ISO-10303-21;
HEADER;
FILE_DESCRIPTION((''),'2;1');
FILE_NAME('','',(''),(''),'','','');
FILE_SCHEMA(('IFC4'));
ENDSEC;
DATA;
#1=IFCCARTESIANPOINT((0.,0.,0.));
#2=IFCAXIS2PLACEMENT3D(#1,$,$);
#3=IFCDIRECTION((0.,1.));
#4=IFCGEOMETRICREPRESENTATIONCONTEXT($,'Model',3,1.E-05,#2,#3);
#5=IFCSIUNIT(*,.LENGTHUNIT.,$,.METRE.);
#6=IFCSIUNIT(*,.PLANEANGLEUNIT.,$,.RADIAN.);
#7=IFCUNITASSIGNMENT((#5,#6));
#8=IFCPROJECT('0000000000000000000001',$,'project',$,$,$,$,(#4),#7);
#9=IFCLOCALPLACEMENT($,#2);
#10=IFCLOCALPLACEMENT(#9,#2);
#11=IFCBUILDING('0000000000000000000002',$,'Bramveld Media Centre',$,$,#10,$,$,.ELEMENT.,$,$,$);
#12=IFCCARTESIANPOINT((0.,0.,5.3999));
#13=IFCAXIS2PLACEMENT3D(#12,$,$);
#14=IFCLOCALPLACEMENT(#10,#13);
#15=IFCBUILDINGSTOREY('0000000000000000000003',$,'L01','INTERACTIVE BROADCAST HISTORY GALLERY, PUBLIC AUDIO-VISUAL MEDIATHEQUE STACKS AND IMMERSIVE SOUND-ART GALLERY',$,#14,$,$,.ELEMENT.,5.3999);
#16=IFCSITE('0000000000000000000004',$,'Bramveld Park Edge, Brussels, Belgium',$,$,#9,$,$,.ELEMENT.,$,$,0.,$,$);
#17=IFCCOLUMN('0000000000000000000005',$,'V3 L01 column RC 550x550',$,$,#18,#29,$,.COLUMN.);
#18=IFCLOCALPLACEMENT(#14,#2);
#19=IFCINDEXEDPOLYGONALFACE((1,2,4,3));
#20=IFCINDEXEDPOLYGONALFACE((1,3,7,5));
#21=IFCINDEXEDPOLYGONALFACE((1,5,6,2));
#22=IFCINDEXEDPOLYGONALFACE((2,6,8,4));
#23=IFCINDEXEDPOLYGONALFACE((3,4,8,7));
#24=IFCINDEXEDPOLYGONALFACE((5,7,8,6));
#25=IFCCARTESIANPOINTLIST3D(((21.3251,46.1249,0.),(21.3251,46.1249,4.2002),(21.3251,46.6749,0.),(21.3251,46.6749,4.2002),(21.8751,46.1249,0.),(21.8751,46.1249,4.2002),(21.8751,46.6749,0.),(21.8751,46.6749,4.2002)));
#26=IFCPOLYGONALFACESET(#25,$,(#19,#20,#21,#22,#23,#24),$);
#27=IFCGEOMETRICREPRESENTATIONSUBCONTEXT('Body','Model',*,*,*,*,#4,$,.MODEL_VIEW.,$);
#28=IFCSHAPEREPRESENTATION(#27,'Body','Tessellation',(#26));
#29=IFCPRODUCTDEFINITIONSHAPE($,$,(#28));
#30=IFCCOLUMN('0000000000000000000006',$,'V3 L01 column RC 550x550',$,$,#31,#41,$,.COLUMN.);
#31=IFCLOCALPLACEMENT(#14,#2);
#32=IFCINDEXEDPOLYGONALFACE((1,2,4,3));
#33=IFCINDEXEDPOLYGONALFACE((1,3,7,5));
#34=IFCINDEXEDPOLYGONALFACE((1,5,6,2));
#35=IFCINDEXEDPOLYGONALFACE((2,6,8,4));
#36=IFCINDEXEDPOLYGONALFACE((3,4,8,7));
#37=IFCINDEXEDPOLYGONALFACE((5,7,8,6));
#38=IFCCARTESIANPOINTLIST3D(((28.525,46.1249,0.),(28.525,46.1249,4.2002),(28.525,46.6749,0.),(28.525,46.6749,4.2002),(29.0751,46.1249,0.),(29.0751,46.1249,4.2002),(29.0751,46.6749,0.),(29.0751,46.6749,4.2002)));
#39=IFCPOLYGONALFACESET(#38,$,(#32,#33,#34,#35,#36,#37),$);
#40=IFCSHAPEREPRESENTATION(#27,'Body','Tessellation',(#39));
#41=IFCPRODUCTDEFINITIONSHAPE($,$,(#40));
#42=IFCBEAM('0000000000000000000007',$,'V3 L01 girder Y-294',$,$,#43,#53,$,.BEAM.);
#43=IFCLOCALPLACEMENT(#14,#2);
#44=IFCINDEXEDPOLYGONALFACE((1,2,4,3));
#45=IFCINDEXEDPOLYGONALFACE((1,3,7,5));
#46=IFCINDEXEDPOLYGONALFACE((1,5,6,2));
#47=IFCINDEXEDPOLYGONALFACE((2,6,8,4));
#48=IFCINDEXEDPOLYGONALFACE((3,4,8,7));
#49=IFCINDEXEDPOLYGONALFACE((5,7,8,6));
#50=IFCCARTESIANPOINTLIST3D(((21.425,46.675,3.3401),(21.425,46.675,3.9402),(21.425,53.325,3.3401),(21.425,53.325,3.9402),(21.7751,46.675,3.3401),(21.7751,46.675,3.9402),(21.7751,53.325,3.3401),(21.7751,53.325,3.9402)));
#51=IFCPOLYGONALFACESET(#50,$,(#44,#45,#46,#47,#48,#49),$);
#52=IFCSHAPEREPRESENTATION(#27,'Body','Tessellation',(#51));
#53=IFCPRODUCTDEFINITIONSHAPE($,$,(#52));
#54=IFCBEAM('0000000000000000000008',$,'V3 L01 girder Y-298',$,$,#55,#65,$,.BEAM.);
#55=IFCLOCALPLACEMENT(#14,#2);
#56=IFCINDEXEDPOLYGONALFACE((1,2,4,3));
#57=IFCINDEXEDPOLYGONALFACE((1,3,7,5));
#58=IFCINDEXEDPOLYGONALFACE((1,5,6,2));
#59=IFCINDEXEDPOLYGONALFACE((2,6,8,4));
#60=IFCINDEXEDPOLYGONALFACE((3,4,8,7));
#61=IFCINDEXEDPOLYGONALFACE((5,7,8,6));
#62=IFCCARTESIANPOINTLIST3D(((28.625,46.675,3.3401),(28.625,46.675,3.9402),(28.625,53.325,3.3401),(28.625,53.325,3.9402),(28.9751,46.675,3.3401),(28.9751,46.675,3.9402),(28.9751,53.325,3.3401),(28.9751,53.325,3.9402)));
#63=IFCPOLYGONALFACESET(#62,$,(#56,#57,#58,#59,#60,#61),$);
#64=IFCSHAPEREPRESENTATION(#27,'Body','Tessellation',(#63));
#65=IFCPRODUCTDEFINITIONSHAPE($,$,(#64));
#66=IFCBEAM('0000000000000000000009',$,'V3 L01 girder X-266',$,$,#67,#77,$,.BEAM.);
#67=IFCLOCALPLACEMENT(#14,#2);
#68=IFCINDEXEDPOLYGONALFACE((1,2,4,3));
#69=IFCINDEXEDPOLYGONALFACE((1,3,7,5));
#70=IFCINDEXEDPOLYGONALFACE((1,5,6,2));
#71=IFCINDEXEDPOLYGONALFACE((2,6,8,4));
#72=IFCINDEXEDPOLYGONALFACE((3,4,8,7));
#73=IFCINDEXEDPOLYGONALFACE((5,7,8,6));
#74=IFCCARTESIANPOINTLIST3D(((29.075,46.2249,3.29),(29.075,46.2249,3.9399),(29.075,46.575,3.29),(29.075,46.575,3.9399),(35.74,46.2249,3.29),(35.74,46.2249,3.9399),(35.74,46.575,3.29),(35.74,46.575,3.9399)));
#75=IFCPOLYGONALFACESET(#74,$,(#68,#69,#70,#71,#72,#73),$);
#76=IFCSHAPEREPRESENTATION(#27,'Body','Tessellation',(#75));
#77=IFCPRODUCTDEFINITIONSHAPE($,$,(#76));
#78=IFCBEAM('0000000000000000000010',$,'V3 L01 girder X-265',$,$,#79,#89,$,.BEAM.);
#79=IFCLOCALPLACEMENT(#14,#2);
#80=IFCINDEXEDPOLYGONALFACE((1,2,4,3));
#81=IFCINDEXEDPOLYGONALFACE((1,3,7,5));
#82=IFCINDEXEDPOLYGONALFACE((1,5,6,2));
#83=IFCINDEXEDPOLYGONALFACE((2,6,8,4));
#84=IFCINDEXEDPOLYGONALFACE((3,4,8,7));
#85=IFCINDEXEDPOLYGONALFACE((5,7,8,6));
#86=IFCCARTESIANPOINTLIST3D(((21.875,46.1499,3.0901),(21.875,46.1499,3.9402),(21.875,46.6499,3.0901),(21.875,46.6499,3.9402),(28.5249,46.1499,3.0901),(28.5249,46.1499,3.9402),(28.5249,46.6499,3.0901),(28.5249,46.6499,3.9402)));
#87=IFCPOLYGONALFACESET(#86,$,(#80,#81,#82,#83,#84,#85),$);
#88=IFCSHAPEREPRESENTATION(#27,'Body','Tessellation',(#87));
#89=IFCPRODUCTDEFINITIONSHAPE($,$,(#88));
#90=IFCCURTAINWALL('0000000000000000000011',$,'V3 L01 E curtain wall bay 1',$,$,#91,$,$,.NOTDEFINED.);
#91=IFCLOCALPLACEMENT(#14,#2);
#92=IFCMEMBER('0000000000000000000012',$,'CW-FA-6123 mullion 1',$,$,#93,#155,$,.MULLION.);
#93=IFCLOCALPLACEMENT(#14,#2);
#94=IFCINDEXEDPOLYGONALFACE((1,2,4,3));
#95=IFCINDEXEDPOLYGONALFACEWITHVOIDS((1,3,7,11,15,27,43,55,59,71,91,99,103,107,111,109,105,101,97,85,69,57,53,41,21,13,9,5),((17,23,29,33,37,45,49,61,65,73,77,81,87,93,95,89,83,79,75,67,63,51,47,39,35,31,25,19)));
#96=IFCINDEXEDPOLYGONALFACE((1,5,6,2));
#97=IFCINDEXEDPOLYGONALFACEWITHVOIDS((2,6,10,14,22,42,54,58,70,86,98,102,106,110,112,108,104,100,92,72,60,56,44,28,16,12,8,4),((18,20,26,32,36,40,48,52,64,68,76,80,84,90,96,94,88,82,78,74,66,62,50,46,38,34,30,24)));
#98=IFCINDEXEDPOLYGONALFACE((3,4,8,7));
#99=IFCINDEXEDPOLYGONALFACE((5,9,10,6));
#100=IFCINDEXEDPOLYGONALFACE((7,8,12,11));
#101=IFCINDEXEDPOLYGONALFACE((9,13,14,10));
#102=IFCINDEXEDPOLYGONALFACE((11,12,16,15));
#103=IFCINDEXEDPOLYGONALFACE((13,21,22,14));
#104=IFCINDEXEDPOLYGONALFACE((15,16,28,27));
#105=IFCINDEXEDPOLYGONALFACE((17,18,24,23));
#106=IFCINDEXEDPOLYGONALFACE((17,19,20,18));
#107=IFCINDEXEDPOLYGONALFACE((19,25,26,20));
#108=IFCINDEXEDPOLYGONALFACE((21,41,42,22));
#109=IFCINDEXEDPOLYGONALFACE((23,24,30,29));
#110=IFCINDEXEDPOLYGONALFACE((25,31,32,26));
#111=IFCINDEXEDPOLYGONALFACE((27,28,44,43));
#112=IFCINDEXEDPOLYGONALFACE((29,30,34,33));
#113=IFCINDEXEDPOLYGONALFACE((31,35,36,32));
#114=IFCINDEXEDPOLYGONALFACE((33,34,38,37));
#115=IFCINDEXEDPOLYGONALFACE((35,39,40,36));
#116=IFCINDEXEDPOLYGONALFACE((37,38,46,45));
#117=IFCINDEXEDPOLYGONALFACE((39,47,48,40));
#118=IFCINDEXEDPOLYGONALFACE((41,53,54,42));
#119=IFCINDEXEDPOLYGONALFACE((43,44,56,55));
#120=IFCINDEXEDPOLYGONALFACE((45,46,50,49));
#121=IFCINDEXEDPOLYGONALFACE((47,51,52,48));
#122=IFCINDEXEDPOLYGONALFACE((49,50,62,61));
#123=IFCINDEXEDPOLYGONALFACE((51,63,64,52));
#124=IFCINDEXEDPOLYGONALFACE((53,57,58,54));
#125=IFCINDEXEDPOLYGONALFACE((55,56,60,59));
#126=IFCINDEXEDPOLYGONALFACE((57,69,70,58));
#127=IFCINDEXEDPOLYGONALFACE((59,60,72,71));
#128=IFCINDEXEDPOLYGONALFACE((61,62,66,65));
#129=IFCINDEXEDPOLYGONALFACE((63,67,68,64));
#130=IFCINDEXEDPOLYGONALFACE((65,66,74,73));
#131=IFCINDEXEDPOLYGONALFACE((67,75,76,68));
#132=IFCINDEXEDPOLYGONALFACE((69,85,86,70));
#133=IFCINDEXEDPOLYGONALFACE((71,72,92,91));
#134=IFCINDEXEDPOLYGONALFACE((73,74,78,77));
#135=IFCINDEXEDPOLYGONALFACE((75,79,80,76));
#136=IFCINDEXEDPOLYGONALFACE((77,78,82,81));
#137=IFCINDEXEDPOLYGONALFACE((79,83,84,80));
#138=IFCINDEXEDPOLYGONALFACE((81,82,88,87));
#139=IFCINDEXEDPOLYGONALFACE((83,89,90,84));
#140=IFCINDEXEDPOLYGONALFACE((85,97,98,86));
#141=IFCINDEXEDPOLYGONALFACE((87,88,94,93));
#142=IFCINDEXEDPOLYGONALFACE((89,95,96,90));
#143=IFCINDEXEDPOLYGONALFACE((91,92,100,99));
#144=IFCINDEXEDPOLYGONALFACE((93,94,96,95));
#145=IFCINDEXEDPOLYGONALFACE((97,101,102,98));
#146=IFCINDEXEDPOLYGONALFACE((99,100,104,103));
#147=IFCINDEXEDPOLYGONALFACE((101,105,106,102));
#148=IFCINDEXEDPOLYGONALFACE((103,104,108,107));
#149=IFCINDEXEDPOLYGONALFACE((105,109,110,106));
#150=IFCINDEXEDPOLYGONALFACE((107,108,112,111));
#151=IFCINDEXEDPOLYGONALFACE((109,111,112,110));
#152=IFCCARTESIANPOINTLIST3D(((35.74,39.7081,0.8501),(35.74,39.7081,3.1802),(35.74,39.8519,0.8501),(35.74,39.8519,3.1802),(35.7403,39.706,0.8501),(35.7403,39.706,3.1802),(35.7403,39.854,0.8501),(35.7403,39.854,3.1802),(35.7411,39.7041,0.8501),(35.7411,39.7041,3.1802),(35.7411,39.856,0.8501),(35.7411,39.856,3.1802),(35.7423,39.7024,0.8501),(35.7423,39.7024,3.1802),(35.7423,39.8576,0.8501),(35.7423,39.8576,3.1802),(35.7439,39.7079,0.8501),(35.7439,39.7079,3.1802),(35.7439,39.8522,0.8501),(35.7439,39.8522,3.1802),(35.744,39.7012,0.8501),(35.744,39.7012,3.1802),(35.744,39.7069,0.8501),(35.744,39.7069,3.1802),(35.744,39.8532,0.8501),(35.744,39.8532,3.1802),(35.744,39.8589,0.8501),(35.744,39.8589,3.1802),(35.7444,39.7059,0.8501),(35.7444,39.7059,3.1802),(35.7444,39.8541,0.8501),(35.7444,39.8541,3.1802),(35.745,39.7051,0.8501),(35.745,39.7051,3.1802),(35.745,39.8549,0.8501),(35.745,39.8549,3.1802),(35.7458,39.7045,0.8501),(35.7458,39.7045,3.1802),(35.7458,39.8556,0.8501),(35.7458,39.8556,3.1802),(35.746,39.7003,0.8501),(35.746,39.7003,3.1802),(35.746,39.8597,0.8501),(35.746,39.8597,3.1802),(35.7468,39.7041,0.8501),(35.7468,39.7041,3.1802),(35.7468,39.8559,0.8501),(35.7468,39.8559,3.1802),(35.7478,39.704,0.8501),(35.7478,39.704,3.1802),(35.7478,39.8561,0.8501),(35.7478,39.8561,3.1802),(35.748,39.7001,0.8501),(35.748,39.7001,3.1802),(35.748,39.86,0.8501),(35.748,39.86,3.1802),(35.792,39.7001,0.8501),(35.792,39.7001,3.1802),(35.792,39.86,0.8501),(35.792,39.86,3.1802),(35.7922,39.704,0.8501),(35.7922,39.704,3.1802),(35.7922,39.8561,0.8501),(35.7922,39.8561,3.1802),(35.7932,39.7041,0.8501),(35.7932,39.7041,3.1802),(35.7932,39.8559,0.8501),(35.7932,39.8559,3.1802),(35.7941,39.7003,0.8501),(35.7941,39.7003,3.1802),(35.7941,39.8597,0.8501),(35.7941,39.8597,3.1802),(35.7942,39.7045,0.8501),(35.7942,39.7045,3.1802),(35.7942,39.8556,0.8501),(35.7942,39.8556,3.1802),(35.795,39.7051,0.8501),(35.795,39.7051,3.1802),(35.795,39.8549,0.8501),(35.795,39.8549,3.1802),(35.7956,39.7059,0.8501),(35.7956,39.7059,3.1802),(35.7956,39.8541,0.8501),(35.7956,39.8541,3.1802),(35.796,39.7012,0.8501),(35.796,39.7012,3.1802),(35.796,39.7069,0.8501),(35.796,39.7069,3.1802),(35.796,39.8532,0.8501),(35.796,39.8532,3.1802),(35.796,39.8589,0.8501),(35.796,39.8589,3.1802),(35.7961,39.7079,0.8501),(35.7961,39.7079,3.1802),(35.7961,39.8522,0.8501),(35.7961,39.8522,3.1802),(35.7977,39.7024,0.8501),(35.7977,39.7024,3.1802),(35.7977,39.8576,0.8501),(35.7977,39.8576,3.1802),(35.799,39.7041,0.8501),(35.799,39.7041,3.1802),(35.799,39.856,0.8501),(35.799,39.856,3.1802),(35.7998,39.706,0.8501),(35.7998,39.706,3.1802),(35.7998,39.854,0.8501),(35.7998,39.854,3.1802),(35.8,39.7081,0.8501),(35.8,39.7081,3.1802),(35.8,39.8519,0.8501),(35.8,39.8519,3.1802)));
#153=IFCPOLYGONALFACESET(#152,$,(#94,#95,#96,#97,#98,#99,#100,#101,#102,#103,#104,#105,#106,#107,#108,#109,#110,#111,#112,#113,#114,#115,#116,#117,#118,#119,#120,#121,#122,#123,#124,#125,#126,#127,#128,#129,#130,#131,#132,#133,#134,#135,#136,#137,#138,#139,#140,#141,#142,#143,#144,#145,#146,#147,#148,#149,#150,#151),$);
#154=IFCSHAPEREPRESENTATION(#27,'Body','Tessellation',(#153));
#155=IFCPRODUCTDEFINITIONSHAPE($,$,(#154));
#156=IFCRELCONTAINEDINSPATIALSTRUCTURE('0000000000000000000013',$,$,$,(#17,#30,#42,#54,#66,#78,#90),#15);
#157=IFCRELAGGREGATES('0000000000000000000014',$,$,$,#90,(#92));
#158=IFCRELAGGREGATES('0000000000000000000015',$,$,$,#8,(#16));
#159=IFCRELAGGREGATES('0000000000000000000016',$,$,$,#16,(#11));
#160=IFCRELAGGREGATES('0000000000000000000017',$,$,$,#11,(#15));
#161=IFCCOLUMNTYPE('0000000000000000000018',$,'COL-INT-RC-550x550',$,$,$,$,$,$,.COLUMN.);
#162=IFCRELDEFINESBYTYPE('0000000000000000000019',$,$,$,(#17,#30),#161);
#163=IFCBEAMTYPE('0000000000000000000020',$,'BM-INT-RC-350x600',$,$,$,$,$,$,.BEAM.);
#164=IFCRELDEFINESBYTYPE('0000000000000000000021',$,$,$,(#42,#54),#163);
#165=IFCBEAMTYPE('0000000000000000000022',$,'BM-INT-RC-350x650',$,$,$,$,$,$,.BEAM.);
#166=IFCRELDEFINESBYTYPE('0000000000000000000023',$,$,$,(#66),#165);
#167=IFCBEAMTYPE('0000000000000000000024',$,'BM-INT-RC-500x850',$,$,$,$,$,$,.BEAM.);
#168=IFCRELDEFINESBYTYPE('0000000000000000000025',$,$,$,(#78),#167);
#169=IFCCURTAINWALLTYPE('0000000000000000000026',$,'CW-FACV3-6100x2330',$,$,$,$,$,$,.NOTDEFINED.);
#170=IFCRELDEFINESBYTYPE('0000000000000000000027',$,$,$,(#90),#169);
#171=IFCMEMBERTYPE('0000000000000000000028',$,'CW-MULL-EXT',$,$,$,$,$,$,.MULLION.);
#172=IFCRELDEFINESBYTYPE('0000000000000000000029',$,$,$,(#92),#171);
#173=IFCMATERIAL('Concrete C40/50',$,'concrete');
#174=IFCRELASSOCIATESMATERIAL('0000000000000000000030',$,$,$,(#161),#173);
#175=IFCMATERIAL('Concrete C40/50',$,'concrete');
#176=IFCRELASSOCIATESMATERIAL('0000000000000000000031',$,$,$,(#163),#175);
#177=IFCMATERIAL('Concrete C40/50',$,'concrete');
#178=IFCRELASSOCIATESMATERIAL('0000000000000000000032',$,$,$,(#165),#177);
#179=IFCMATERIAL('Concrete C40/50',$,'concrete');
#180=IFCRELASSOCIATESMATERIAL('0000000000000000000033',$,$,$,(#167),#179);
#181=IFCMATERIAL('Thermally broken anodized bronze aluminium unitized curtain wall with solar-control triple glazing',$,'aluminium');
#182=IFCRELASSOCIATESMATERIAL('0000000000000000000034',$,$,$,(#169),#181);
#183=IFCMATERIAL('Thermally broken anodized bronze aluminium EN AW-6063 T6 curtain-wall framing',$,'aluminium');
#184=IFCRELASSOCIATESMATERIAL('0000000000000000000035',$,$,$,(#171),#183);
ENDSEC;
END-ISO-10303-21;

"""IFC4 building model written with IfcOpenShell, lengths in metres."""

from ifc_helpers import new_model, si_unit, direction, frame, origin, origin_2d, place, context, subcontext, project, spatial, rectangle, hollow_rectangle, extrude, material, material_profile, profile_set, type_object, element, aggregate, save


model = new_model("IFC4")

# Units and contexts
model_context = context("Model", 3, precision=1e-05, world=origin(), true_north=direction((0.0, 1.0)))
body_context = subcontext(model_context, "Body", "Model", "MODEL_VIEW")
ifc_project = project(units=[si_unit("LENGTHUNIT", "METRE"), si_unit("PLANEANGLEUNIT", "RADIAN")], contexts=[model_context])

# Site, building, storey
site_placement = place(None, origin())
site = spatial("IfcSite", under=ifc_project, at=site_placement, Name="Bramveld Park Edge, Brussels, Belgium", CompositionType="ELEMENT", RefElevation=0.0)
building_placement = place(site_placement, origin())
building = spatial("IfcBuilding", under=site, at=building_placement, Name="Bramveld Media Centre", CompositionType="ELEMENT")
storey_placement = place(building_placement, frame((0.0, 0.0, 5.3999)))
storey = spatial("IfcBuildingStorey", under=building, at=storey_placement, Name="L01", Description="INTERACTIVE BROADCAST HISTORY GALLERY, PUBLIC AUDIO-VISUAL MEDIATHEQUE STACKS AND IMMERSIVE SOUND-ART GALLERY", CompositionType="ELEMENT", Elevation=5.3999)

# Columns
ifc_material_1 = material(Name="Concrete C40/50", Category="concrete")
ifc_material_profile_1 = material_profile(ifc_material_1, rectangle(XDim=0.55, YDim=0.55, at=origin_2d()), Name="RC 550x550")
ifc_profile_set_1 = profile_set([ifc_material_profile_1], Name="Concrete C40/50")
column_type = type_object("IfcColumnType", Name="COL-INT-RC-550x550", PredefinedType="COLUMN", material=ifc_profile_set_1)
for number, where, z_axis, x_axis, name in (
    (1, (21.6001, 46.3999, 0.0), (0.0, 0.0, 1.0), (1.0, 0.0, 0.0), "V3 L01 column RC 550x550"),
    (2, (28.8, 46.3999, 0.0), (0.0, 0.0, 1.0), (1.0, 0.0, 0.0), "V3 L01 column RC 550x550"),
):
    element("IfcColumn", number, at=place(storey_placement, frame(where, z_axis=z_axis, x_axis=x_axis)), inside=storey, type_object=column_type, Name=name, PredefinedType="COLUMN", context=body_context, shape_type="SweptSolid", body=[
        extrude(rectangle(XDim=0.55, YDim=0.55, at=origin_2d()), origin(), (0.0, 0.0, 1.0), 4.2002),
    ])

# Beams
ifc_material_2 = material(Name="Concrete C40/50", Category="concrete")
ifc_material_profile_2 = material_profile(ifc_material_2, rectangle(XDim=0.3501, YDim=0.6001, at=origin_2d()), Name="RC 350x600")
ifc_profile_set_2 = profile_set([ifc_material_profile_2], Name="Concrete C40/50")
beam_type_1 = type_object("IfcBeamType", Name="BM-INT-RC-350x600", PredefinedType="BEAM", material=ifc_profile_set_2)
for number, where, z_axis, x_axis, name in (
    (3, (21.6001, 46.675, 3.6401), (0.0, 1.0, 0.0), (-1.0, 0.0, 0.0), "V3 L01 girder Y-294"),
    (4, (28.8, 46.675, 3.6401), (0.0, 1.0, 0.0), (-1.0, 0.0, 0.0), "V3 L01 girder Y-298"),
):
    element("IfcBeam", number, at=place(storey_placement, frame(where, z_axis=z_axis, x_axis=x_axis)), inside=storey, type_object=beam_type_1, Name=name, PredefinedType="BEAM", context=body_context, shape_type="SweptSolid", body=[
        extrude(rectangle(XDim=0.3501, YDim=0.6001, at=origin_2d()), origin(), (0.0, 0.0, 1.0), 6.6499),
    ])
ifc_material_3 = material(Name="Concrete C40/50", Category="concrete")
ifc_material_profile_3 = material_profile(ifc_material_3, rectangle(XDim=0.3501, YDim=0.6499, at=origin_2d()), Name="RC 350x650")
ifc_profile_set_3 = profile_set([ifc_material_profile_3], Name="Concrete C40/50")
beam_type_2 = type_object("IfcBeamType", Name="BM-INT-RC-350x650", PredefinedType="BEAM", material=ifc_profile_set_3)
beam_1_placement = place(storey_placement, frame((29.075, 46.3999, 3.615), z_axis=(1.0, 0.0, 0.0), x_axis=(0.0, 1.0, 0.0)))
element("IfcBeam", 5, at=beam_1_placement, inside=storey, type_object=beam_type_2, Name="V3 L01 girder X-266", PredefinedType="BEAM", context=body_context, shape_type="SweptSolid", body=[
    extrude(rectangle(XDim=0.3501, YDim=0.6499, at=origin_2d()), origin(), (0.0, 0.0, 1.0), 6.665),
])
ifc_material_4 = material(Name="Concrete C40/50", Category="concrete")
ifc_material_profile_4 = material_profile(ifc_material_4, rectangle(XDim=0.5, YDim=0.8501, at=origin_2d()), Name="RC 500x850")
ifc_profile_set_4 = profile_set([ifc_material_profile_4], Name="Concrete C40/50")
beam_type_3 = type_object("IfcBeamType", Name="BM-INT-RC-500x850", PredefinedType="BEAM", material=ifc_profile_set_4)
beam_2_placement = place(storey_placement, frame((21.875, 46.3999, 3.5151), z_axis=(1.0, 0.0, 0.0), x_axis=(0.0, 1.0, 0.0)))
element("IfcBeam", 6, at=beam_2_placement, inside=storey, type_object=beam_type_3, Name="V3 L01 girder X-265", PredefinedType="BEAM", context=body_context, shape_type="SweptSolid", body=[
    extrude(rectangle(XDim=0.5, YDim=0.8501, at=origin_2d()), origin(), (0.0, 0.0, 1.0), 6.6499),
])

# Curtain wall, member
ifc_material_5 = material(Name="Thermally broken anodized bronze aluminium unitized curtain wall with solar-control triple glazing", Category="aluminium")
curtain_wall_type = type_object("IfcCurtainWallType", Name="CW-FACV3-6100x2330", PredefinedType="NOTDEFINED", material=ifc_material_5)
curtain_wall_placement = place(storey_placement, origin())
curtain_wall = element("IfcCurtainWall", 7, at=curtain_wall_placement, inside=storey, type_object=curtain_wall_type, Name="V3 L01 E curtain wall bay 1", PredefinedType="NOTDEFINED")
ifc_material_6 = material(Name="Thermally broken anodized bronze aluminium EN AW-6063 T6 curtain-wall framing", Category="aluminium")
ifc_material_profile_5 = material_profile(ifc_material_6, hollow_rectangle(XDim=0.0601, YDim=0.1599, WallThickness=0.0039, InnerFilletRadius=0.0039, OuterFilletRadius=0.0081, at=origin_2d()), Name="AL-MULL 60x160")
ifc_profile_set_5 = profile_set([ifc_material_profile_5], Name="Thermally broken anodized bronze aluminium EN AW-6063 T6 curtain-wall framing")
member_type_1 = type_object("IfcMemberType", Name="CW-MULL-EXT", PredefinedType="MULLION", material=ifc_profile_set_5)
member_1_placement = place(storey_placement, frame((35.77, 39.78, 0.8501), z_axis=(0.0, 0.0, 1.0), x_axis=(-1.0, 0.0, 0.0)))
member_1 = element("IfcMember", 8, at=member_1_placement, type_object=member_type_1, Name="CW-FA-6123 mullion 1", PredefinedType="MULLION", context=body_context, shape_type="SweptSolid", body=[
    extrude(hollow_rectangle(XDim=0.0601, YDim=0.1599, WallThickness=0.0039, InnerFilletRadius=0.0039, OuterFilletRadius=0.0081, at=origin_2d()), origin(), (0.0, 0.0, 1.0), 2.3301),
])

aggregate(curtain_wall, [member_1])

save(model, "model.ifc")
